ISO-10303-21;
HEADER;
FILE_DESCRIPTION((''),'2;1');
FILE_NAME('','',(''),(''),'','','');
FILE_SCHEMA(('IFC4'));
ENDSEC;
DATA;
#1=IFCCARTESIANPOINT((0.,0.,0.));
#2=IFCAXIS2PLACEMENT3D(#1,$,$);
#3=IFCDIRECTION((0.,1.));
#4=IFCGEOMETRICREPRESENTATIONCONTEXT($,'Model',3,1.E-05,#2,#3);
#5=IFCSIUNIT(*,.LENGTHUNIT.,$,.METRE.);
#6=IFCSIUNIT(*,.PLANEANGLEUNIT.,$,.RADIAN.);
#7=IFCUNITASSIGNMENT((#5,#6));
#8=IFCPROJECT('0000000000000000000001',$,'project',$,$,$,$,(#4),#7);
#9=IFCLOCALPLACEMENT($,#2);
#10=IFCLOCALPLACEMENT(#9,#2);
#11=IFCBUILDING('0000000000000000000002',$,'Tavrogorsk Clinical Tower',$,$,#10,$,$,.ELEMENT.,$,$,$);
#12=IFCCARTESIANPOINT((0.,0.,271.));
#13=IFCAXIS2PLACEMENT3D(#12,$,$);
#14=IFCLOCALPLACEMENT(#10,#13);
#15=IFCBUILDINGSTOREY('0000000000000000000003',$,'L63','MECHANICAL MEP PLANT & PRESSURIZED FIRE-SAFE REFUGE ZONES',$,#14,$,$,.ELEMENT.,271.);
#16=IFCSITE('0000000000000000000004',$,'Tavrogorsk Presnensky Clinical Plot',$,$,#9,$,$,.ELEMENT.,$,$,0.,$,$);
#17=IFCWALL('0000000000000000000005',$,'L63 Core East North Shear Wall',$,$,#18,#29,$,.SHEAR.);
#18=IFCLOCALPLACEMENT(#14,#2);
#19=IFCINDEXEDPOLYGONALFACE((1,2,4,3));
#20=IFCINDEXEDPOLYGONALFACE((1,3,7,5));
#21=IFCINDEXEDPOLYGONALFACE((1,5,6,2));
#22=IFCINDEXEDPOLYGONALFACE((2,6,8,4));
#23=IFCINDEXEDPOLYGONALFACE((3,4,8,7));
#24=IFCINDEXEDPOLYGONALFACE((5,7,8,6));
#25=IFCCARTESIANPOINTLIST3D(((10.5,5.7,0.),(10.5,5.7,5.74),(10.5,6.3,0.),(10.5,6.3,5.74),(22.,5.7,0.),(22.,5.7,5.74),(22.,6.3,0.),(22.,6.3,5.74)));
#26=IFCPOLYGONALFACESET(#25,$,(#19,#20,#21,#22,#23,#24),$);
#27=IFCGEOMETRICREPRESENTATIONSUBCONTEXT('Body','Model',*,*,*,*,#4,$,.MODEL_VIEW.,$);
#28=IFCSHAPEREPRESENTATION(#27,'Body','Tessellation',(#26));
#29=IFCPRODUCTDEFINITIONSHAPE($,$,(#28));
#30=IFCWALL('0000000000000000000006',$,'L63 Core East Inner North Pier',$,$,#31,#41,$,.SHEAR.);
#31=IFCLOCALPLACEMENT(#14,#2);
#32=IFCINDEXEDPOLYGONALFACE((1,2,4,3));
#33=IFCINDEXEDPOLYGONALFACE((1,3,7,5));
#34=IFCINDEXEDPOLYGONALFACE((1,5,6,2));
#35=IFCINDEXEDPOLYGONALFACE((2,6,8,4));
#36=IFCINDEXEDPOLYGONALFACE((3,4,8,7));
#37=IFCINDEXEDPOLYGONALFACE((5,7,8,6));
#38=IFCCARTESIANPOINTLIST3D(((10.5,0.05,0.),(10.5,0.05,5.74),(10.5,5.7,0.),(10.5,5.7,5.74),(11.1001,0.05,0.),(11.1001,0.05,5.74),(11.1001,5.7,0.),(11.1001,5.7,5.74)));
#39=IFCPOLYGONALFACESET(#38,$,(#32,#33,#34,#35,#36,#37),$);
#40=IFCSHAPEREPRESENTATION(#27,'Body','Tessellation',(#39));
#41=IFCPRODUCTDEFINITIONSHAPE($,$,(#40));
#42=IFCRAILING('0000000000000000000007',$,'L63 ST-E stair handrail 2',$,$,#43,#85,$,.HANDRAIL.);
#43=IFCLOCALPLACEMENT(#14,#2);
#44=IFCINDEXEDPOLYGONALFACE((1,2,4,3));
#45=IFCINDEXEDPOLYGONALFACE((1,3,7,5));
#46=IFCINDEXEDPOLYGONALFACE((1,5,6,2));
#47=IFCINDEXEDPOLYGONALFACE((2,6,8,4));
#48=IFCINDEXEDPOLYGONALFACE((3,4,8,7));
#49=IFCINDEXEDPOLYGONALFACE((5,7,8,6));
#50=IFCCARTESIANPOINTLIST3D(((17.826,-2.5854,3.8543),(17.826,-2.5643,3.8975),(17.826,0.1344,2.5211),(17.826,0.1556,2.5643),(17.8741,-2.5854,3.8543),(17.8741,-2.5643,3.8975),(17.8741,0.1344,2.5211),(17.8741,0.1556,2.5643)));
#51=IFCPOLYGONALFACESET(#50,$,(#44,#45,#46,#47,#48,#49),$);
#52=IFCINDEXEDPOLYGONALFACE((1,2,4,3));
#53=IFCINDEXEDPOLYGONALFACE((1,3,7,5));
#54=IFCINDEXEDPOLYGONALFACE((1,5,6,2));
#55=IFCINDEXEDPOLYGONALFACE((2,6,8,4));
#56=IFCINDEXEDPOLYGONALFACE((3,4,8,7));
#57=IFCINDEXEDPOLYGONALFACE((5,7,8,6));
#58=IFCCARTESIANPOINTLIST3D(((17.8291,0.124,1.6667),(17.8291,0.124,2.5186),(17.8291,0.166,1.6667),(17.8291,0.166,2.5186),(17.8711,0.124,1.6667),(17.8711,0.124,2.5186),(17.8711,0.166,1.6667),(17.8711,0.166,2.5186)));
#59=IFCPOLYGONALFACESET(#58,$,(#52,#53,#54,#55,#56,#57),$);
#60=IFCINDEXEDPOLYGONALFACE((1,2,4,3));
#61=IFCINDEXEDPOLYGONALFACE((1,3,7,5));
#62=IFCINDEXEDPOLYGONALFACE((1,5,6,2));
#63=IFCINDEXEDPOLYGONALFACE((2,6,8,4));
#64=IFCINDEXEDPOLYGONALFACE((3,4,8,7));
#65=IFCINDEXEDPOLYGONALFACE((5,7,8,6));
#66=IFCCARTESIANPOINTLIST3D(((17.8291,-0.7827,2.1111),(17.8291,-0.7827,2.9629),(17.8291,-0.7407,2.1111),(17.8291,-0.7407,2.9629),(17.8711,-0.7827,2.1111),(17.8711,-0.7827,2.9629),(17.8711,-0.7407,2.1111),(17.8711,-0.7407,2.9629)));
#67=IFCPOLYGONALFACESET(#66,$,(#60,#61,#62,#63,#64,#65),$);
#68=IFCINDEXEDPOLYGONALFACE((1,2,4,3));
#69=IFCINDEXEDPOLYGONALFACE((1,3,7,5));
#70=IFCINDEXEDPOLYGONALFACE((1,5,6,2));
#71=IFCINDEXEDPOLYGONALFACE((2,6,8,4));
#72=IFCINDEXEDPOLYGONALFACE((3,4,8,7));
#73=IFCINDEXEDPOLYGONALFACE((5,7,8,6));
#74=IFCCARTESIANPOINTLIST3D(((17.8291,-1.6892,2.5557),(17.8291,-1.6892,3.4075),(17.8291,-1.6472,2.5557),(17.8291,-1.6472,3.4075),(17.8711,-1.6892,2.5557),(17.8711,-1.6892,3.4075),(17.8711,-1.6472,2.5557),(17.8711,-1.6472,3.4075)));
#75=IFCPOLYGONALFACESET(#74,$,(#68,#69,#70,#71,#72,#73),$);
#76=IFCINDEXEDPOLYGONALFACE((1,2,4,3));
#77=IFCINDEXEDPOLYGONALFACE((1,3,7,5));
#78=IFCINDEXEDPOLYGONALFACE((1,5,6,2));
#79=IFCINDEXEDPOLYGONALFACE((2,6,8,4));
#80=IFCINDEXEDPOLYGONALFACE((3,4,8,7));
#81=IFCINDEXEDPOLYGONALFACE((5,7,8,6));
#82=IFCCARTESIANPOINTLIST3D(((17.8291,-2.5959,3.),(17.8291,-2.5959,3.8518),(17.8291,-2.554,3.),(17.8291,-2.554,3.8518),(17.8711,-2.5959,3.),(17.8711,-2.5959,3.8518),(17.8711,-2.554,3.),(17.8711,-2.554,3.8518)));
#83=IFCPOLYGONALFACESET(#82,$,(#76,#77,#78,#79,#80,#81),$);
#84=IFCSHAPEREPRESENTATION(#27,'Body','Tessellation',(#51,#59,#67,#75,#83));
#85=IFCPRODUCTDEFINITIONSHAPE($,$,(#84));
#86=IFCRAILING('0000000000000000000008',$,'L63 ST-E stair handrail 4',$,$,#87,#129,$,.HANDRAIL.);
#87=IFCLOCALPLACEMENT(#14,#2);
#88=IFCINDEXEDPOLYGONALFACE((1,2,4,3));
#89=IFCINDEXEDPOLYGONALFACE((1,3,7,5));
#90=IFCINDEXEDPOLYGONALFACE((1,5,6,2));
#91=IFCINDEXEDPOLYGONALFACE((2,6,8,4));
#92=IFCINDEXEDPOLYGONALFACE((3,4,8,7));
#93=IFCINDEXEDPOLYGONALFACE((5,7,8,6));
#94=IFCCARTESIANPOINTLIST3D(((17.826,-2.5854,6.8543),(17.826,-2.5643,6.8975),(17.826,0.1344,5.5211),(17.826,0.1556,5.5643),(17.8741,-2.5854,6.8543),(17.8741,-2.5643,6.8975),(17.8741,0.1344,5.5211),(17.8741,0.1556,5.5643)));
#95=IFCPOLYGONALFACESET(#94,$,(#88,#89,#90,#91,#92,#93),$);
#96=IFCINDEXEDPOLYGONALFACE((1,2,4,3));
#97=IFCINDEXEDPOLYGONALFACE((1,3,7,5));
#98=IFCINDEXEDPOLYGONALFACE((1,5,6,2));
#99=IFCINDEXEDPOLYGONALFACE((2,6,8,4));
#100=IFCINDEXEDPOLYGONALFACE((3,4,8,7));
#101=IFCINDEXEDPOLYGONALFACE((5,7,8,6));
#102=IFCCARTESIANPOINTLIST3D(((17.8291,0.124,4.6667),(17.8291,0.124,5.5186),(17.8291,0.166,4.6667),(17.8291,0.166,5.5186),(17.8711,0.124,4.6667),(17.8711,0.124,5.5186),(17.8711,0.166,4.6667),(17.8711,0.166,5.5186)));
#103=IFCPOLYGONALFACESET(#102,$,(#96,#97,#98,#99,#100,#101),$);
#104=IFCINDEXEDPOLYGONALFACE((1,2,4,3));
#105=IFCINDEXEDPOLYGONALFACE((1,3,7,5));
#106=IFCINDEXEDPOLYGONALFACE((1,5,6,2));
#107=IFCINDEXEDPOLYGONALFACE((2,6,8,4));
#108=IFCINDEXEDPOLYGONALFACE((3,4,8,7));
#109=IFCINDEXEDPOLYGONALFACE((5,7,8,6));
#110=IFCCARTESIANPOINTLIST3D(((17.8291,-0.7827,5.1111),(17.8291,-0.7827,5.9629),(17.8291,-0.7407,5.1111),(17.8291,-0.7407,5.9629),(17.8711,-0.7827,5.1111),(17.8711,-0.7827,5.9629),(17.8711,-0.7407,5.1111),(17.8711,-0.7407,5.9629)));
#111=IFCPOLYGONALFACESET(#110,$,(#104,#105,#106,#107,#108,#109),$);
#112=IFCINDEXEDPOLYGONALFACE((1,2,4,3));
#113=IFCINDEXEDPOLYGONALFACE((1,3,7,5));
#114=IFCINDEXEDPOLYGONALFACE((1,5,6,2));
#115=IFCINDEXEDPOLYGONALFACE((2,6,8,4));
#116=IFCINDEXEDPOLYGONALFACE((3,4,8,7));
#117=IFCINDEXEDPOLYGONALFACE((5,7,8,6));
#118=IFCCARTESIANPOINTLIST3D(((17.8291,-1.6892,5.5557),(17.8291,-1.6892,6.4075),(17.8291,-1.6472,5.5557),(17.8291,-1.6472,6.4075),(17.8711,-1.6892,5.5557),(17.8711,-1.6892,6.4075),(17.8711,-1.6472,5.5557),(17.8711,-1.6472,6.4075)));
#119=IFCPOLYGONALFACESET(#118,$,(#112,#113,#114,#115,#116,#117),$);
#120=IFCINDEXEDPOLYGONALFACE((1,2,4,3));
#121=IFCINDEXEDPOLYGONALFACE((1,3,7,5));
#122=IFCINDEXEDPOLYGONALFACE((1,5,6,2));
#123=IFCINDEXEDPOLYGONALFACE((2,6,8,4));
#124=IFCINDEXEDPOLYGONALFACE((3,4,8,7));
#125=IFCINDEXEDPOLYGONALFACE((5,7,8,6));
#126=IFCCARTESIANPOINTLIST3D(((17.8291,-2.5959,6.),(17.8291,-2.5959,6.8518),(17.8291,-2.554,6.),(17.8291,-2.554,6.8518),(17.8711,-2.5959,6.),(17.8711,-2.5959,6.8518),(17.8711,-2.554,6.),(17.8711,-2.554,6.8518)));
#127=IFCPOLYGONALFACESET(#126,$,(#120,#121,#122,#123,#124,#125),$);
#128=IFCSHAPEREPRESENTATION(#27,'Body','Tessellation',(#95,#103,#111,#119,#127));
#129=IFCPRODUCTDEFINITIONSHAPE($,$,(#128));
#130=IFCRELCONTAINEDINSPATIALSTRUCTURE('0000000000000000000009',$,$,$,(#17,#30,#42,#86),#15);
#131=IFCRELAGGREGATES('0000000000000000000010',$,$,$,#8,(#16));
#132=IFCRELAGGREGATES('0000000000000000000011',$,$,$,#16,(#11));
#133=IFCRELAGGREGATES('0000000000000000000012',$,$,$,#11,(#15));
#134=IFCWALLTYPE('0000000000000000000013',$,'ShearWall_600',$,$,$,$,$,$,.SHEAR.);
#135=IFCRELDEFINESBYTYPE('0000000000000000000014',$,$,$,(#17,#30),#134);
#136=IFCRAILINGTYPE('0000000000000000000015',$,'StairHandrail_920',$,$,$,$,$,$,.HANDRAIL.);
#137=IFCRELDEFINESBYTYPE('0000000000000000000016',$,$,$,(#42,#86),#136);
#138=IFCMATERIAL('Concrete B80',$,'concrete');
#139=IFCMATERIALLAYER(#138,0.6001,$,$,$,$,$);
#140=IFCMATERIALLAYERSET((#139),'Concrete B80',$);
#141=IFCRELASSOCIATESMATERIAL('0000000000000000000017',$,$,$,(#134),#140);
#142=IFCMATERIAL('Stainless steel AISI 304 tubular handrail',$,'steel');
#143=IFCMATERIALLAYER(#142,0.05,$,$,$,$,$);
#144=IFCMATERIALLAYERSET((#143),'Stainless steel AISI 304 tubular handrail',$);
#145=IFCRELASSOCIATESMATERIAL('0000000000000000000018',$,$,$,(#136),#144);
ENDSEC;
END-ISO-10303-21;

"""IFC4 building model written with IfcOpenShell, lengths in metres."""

from ifc_helpers import new_model, si_unit, direction, frame, frame_2d, origin, origin_2d, place, context, subcontext, project, spatial, rectangle, extrude, material, layer, layer_set, type_object, element, save


model = new_model("IFC4")

# Units and contexts
model_context = context("Model", 3, precision=1e-05, world=origin(), true_north=direction((0.0, 1.0)))
body_context = subcontext(model_context, "Body", "Model", "MODEL_VIEW")
ifc_project = project(units=[si_unit("LENGTHUNIT", "METRE"), si_unit("PLANEANGLEUNIT", "RADIAN")], contexts=[model_context])

# Site, building, storey
site_placement = place(None, origin())
site = spatial("IfcSite", under=ifc_project, at=site_placement, Name="Tavrogorsk Presnensky Clinical Plot", CompositionType="ELEMENT", RefElevation=0.0)
building_placement = place(site_placement, origin())
building = spatial("IfcBuilding", under=site, at=building_placement, Name="Tavrogorsk Clinical Tower", CompositionType="ELEMENT")
storey_placement = place(building_placement, frame((0.0, 0.0, 271.0)))
storey = spatial("IfcBuildingStorey", under=building, at=storey_placement, Name="L63", Description="MECHANICAL MEP PLANT & PRESSURIZED FIRE-SAFE REFUGE ZONES", CompositionType="ELEMENT", Elevation=271.0)

# Walls
ifc_material_1 = material(Name="Concrete B80", Category="concrete")
ifc_layer_1 = layer(ifc_material_1, 0.6001)
ifc_layer_set_1 = layer_set([ifc_layer_1], Name="Concrete B80")
wall_type_1 = type_object("IfcWallType", Name="ShearWall_600", PredefinedType="SHEAR", material=ifc_layer_set_1)
wall_1_placement = place(storey_placement, frame((10.5, 6.0, 0.0), z_axis=(0.0, 0.0, 1.0), x_axis=(1.0, 0.0, 0.0)))
element("IfcWall", 1, at=wall_1_placement, inside=storey, type_object=wall_type_1, Name="L63 Core East North Shear Wall", PredefinedType="SHEAR", context=body_context, shape_type="SweptSolid", body=[
    extrude(rectangle(XDim=11.5, YDim=0.6001, at=frame_2d((5.75, 0.0))), origin(), (0.0, 0.0, 1.0), 5.74),
])
wall_2_placement = place(storey_placement, frame((10.8, 0.05, 0.0), z_axis=(0.0, 0.0, 1.0), x_axis=(0.0, 1.0, 0.0)))
element("IfcWall", 2, at=wall_2_placement, inside=storey, type_object=wall_type_1, Name="L63 Core East Inner North Pier", PredefinedType="SHEAR", context=body_context, shape_type="SweptSolid", body=[
    extrude(rectangle(XDim=5.6499, YDim=0.6001, at=frame_2d((2.825, 0.0))), origin(), (0.0, 0.0, 1.0), 5.74),
])

# Railings
ifc_material_2 = material(Name="Stainless steel AISI 304 tubular handrail", Category="steel")
ifc_layer_2 = layer(ifc_material_2, 0.05)
ifc_layer_set_2 = layer_set([ifc_layer_2], Name="Stainless steel AISI 304 tubular handrail")
railing_type = type_object("IfcRailingType", Name="StairHandrail_920", PredefinedType="HANDRAIL", material=ifc_layer_set_2)
for number, where, name in (
    (3, (17.8501, 0.145, 1.6667), "L63 ST-E stair handrail 2"),
    (4, (17.8501, 0.145, 4.6667), "L63 ST-E stair handrail 4"),
):
    element("IfcRailing", number, at=place(storey_placement, frame(where)), inside=storey, type_object=railing_type, Name=name, PredefinedType="HANDRAIL", context=body_context, shape_type="SweptSolid", body=[
        extrude(rectangle(XDim=0.0481, YDim=0.0481, at=origin_2d()), frame((0.0, 0.0, 0.876), z_axis=(0.0, -0.897929, 0.440139), x_axis=(1.0, 0.0, 0.0)), (0.0, 0.0, 1.0), 3.0291),
        extrude(rectangle(XDim=0.042, YDim=0.042, at=origin_2d()), origin(), (0.0, 0.0, 1.0), 0.8518),
        extrude(rectangle(XDim=0.042, YDim=0.042, at=origin_2d()), frame((0.0, -0.9067, 0.4443)), (0.0, 0.0, 1.0), 0.8518),
        extrude(rectangle(XDim=0.042, YDim=0.042, at=origin_2d()), frame((0.0, -1.8132, 0.8889)), (0.0, 0.0, 1.0), 0.8518),
        extrude(rectangle(XDim=0.042, YDim=0.042, at=origin_2d()), frame((0.0, -2.72, 1.3333)), (0.0, 0.0, 1.0), 0.8518),
    ])

save(model, "model.ifc")
